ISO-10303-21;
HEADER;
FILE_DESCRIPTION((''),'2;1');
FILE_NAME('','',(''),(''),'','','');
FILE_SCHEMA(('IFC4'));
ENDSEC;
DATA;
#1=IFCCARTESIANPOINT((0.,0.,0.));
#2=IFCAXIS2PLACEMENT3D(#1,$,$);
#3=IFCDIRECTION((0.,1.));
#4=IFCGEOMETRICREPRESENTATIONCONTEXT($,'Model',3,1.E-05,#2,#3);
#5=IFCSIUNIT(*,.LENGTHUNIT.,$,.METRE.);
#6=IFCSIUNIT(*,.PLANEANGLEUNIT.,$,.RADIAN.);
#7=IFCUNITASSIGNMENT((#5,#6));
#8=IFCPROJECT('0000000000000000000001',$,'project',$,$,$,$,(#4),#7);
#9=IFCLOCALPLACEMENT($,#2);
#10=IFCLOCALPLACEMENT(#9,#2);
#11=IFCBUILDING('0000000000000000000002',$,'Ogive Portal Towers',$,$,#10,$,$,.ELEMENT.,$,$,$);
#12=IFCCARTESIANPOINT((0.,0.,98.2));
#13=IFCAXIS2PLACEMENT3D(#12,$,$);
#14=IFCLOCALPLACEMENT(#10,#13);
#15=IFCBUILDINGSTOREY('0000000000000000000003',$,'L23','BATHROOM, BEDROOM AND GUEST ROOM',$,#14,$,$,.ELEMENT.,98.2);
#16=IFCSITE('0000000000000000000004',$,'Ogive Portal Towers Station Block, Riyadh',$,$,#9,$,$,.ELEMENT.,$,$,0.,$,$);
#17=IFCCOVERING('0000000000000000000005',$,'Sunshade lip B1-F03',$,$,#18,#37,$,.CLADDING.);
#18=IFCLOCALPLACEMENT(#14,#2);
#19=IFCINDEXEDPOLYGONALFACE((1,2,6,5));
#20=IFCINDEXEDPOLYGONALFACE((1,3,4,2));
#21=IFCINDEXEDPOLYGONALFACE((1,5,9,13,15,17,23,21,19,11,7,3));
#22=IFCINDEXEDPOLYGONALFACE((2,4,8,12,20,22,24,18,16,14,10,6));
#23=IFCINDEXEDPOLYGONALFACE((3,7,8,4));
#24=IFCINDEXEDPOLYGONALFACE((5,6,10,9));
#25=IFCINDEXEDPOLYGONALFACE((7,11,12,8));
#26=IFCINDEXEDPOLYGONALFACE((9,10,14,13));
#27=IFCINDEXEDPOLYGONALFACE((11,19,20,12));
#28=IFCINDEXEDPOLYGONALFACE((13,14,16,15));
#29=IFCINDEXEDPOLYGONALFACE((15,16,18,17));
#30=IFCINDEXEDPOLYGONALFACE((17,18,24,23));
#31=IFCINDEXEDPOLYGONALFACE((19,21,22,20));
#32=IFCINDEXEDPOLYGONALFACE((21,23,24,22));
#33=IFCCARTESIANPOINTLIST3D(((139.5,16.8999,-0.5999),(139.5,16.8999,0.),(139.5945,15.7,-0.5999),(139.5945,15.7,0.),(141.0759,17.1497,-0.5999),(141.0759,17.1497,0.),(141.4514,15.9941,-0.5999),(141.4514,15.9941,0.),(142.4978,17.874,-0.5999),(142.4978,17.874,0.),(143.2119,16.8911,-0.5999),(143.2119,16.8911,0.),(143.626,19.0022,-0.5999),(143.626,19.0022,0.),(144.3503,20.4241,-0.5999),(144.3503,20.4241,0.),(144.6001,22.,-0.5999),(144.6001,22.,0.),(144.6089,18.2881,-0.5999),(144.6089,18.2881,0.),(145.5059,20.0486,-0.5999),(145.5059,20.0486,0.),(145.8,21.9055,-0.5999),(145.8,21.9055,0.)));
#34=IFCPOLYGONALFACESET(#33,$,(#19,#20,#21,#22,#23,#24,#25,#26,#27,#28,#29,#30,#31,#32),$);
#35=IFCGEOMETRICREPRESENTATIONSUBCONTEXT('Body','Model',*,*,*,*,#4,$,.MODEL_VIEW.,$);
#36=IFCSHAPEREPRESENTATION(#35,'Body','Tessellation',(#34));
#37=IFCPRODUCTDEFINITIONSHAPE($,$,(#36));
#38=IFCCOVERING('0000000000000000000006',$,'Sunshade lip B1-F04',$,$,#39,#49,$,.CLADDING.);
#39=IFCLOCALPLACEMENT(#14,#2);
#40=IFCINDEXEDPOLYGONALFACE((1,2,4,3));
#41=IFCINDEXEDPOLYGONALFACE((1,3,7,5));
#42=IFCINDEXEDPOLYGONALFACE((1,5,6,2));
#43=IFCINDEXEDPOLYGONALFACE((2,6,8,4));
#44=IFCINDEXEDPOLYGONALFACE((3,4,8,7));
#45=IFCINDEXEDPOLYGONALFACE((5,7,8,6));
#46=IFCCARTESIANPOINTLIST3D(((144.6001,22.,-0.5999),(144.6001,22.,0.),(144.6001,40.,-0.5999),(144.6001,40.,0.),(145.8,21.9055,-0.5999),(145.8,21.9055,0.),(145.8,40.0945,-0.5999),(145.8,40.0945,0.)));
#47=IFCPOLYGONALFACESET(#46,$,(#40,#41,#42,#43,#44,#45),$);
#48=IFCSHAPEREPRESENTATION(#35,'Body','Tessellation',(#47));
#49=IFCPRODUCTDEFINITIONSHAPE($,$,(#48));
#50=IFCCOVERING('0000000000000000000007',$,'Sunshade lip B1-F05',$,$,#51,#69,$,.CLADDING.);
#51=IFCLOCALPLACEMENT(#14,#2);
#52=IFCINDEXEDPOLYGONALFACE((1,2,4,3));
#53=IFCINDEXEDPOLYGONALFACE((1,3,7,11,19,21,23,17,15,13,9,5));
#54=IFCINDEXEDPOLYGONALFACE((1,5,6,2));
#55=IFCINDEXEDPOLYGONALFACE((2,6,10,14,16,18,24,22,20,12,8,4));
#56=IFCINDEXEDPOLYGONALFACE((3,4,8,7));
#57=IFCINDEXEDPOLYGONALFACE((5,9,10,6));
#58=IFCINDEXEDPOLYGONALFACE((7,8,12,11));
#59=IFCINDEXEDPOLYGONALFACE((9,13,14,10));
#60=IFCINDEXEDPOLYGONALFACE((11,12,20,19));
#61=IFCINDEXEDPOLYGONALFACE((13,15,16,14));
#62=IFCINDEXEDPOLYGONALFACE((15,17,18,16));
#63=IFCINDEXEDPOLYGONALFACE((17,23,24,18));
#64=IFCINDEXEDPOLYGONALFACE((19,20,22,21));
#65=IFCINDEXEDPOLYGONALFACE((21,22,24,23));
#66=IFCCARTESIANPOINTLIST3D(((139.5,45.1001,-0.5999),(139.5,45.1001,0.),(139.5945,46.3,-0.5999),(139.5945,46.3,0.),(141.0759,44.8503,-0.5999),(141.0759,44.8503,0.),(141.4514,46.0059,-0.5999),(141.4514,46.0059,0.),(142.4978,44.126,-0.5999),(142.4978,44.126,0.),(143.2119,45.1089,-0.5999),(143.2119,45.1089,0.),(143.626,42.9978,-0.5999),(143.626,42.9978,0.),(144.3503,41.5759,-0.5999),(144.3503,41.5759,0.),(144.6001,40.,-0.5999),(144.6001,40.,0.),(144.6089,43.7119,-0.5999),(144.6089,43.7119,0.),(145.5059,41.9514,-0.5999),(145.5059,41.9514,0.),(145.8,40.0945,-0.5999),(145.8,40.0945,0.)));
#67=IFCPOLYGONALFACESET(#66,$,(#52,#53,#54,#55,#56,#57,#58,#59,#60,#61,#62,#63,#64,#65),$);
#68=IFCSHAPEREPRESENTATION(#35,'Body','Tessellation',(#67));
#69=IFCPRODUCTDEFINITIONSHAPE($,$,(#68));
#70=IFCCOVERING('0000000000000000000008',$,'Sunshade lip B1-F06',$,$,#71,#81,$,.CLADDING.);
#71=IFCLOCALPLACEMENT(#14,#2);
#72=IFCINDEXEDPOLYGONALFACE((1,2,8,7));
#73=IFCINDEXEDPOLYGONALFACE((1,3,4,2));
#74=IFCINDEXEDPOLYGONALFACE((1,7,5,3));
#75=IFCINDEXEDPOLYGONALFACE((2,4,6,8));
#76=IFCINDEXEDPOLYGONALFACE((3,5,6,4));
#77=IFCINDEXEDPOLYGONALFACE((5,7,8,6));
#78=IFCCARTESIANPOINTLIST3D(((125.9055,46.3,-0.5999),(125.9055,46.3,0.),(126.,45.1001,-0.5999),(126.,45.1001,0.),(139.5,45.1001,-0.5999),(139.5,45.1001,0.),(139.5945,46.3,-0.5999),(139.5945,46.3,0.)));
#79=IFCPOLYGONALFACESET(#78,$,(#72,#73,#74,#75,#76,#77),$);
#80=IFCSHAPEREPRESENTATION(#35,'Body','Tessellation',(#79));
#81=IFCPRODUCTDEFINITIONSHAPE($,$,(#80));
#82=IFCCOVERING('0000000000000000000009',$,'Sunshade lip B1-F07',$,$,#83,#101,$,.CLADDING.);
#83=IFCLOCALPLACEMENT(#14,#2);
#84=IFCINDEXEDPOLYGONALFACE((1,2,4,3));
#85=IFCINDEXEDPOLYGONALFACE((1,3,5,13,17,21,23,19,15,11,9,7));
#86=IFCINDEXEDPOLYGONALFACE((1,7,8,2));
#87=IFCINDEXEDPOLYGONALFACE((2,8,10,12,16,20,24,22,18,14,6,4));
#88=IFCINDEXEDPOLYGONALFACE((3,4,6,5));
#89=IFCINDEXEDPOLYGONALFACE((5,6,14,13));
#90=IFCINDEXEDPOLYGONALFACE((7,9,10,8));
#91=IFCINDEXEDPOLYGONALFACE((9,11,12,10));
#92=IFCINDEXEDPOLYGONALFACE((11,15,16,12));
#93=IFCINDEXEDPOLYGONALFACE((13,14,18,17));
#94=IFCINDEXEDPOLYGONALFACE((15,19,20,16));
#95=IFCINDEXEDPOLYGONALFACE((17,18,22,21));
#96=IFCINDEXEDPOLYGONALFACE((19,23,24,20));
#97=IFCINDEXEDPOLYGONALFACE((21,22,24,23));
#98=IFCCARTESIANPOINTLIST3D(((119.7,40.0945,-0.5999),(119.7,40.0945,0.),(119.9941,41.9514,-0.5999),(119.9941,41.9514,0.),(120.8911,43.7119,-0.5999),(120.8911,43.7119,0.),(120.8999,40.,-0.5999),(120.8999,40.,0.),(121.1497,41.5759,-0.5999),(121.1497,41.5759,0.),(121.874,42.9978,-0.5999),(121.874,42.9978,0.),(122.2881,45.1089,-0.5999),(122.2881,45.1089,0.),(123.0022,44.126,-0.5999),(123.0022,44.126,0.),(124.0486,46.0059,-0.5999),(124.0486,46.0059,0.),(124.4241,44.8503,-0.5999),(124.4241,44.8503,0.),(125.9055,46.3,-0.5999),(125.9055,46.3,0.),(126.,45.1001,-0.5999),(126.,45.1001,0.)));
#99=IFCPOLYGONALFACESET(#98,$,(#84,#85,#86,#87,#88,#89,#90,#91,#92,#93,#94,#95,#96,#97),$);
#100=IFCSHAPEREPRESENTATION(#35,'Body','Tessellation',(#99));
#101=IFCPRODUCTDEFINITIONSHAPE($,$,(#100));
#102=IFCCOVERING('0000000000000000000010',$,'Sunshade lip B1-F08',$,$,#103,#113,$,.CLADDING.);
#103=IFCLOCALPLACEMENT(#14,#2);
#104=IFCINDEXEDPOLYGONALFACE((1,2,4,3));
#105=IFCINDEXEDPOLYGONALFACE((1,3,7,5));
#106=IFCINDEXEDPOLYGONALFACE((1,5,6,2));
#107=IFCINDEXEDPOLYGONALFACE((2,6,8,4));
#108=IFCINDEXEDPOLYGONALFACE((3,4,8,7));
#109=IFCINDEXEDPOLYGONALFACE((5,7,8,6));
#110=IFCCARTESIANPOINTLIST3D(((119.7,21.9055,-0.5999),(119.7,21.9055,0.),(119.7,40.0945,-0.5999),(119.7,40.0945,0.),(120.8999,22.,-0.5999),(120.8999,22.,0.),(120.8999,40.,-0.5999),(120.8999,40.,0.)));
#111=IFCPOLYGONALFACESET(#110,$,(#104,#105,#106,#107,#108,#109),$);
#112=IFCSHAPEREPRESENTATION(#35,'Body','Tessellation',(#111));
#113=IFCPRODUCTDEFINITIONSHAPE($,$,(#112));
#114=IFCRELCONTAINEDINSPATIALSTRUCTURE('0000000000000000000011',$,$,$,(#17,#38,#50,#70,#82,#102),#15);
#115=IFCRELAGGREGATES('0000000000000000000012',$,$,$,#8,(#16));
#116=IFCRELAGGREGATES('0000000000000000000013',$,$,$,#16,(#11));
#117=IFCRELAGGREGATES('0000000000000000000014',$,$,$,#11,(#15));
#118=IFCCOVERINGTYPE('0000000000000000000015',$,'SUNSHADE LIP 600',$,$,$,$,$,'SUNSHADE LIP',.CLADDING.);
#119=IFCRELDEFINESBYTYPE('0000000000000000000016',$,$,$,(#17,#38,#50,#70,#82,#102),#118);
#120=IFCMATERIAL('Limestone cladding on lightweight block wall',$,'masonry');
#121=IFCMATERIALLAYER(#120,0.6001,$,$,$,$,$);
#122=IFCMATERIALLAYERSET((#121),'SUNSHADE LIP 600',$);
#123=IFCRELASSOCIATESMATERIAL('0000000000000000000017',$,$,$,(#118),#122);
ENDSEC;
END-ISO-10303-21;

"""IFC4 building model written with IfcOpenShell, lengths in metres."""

from ifc_helpers import new_model, si_unit, direction, frame, origin, place, context, subcontext, project, spatial, polyline, outline, extrude, material, layer, layer_set, type_object, element, save


model = new_model("IFC4")

# Units and contexts
model_context = context("Model", 3, precision=1e-05, world=origin(), true_north=direction((0.0, 1.0)))
body_context = subcontext(model_context, "Body", "Model", "MODEL_VIEW")
ifc_project = project(units=[si_unit("LENGTHUNIT", "METRE"), si_unit("PLANEANGLEUNIT", "RADIAN")], contexts=[model_context])

# Site, building, storey
site_placement = place(None, origin())
site = spatial("IfcSite", under=ifc_project, at=site_placement, Name="Ogive Portal Towers Station Block, Riyadh", CompositionType="ELEMENT", RefElevation=0.0)
building_placement = place(site_placement, origin())
building = spatial("IfcBuilding", under=site, at=building_placement, Name="Ogive Portal Towers", CompositionType="ELEMENT")
storey_placement = place(building_placement, frame((0.0, 0.0, 98.2)))
storey = spatial("IfcBuildingStorey", under=building, at=storey_placement, Name="L23", Description="BATHROOM, BEDROOM AND GUEST ROOM", CompositionType="ELEMENT", Elevation=98.2)

# Shared definitions
ifc_material_1 = material(Name="Limestone cladding on lightweight block wall", Category="masonry")

# Coverings
ifc_layer_1 = layer(ifc_material_1, 0.6001)
ifc_layer_set_1 = layer_set([ifc_layer_1], Name="SUNSHADE LIP 600")
covering_type_1 = type_object("IfcCoveringType", Name="SUNSHADE LIP 600", ElementType="SUNSHADE LIP", PredefinedType="CLADDING", material=ifc_layer_set_1)
covering_1_placement = place(storey_placement, frame((0.0, 0.0, -0.5999)))
element("IfcCovering", 1, at=covering_1_placement, inside=storey, type_object=covering_type_1, Name="Sunshade lip B1-F03", PredefinedType="CLADDING", context=body_context, shape_type="SweptSolid", body=[
    extrude(outline(polyline([(139.5, 16.8999), (141.0759, 17.1497), (142.4978, 17.874), (143.626, 19.0022), (144.3503, 20.4241), (144.6001, 22.0), (145.8, 21.9055), (145.5059, 20.0486), (144.6089, 18.2881), (143.2119, 16.8911), (141.4514, 15.9941), (139.5945, 15.7), (139.5, 16.8999)])), origin(), (0.0, 0.0, 1.0), 0.5999),
])
covering_2_placement = place(storey_placement, frame((0.0, 0.0, -0.5999)))
element("IfcCovering", 2, at=covering_2_placement, inside=storey, type_object=covering_type_1, Name="Sunshade lip B1-F04", PredefinedType="CLADDING", context=body_context, shape_type="SweptSolid", body=[
    extrude(outline(polyline([(144.6001, 22.0), (144.6001, 40.0), (145.8, 40.0945), (145.8, 21.9055), (144.6001, 22.0)])), origin(), (0.0, 0.0, 1.0), 0.5999),
])
covering_3_placement = place(storey_placement, frame((0.0, 0.0, -0.5999)))
element("IfcCovering", 3, at=covering_3_placement, inside=storey, type_object=covering_type_1, Name="Sunshade lip B1-F05", PredefinedType="CLADDING", context=body_context, shape_type="SweptSolid", body=[
    extrude(outline(polyline([(144.6001, 40.0), (144.3503, 41.5759), (143.626, 42.9978), (142.4978, 44.126), (141.0759, 44.8503), (139.5, 45.1001), (139.5945, 46.3), (141.4514, 46.0059), (143.2119, 45.1089), (144.6089, 43.7119), (145.5059, 41.9514), (145.8, 40.0945), (144.6001, 40.0)])), origin(), (0.0, 0.0, 1.0), 0.5999),
])
covering_4_placement = place(storey_placement, frame((0.0, 0.0, -0.5999)))
element("IfcCovering", 4, at=covering_4_placement, inside=storey, type_object=covering_type_1, Name="Sunshade lip B1-F06", PredefinedType="CLADDING", context=body_context, shape_type="SweptSolid", body=[
    extrude(outline(polyline([(139.5, 45.1001), (126.0, 45.1001), (125.9055, 46.3), (139.5945, 46.3), (139.5, 45.1001)])), origin(), (0.0, 0.0, 1.0), 0.5999),
])
covering_5_placement = place(storey_placement, frame((0.0, 0.0, -0.5999)))
element("IfcCovering", 5, at=covering_5_placement, inside=storey, type_object=covering_type_1, Name="Sunshade lip B1-F07", PredefinedType="CLADDING", context=body_context, shape_type="SweptSolid", body=[
    extrude(outline(polyline([(126.0, 45.1001), (124.4241, 44.8503), (123.0022, 44.126), (121.874, 42.9978), (121.1497, 41.5759), (120.8999, 40.0), (119.7, 40.0945), (119.9941, 41.9514), (120.8911, 43.7119), (122.2881, 45.1089), (124.0486, 46.0059), (125.9055, 46.3), (126.0, 45.1001)])), origin(), (0.0, 0.0, 1.0), 0.5999),
])
covering_6_placement = place(storey_placement, frame((0.0, 0.0, -0.5999)))
element("IfcCovering", 6, at=covering_6_placement, inside=storey, type_object=covering_type_1, Name="Sunshade lip B1-F08", PredefinedType="CLADDING", context=body_context, shape_type="SweptSolid", body=[
    extrude(outline(polyline([(120.8999, 40.0), (120.8999, 22.0), (119.7, 21.9055), (119.7, 40.0945), (120.8999, 40.0)])), origin(), (0.0, 0.0, 1.0), 0.5999),
])

save(model, "model.ifc")
